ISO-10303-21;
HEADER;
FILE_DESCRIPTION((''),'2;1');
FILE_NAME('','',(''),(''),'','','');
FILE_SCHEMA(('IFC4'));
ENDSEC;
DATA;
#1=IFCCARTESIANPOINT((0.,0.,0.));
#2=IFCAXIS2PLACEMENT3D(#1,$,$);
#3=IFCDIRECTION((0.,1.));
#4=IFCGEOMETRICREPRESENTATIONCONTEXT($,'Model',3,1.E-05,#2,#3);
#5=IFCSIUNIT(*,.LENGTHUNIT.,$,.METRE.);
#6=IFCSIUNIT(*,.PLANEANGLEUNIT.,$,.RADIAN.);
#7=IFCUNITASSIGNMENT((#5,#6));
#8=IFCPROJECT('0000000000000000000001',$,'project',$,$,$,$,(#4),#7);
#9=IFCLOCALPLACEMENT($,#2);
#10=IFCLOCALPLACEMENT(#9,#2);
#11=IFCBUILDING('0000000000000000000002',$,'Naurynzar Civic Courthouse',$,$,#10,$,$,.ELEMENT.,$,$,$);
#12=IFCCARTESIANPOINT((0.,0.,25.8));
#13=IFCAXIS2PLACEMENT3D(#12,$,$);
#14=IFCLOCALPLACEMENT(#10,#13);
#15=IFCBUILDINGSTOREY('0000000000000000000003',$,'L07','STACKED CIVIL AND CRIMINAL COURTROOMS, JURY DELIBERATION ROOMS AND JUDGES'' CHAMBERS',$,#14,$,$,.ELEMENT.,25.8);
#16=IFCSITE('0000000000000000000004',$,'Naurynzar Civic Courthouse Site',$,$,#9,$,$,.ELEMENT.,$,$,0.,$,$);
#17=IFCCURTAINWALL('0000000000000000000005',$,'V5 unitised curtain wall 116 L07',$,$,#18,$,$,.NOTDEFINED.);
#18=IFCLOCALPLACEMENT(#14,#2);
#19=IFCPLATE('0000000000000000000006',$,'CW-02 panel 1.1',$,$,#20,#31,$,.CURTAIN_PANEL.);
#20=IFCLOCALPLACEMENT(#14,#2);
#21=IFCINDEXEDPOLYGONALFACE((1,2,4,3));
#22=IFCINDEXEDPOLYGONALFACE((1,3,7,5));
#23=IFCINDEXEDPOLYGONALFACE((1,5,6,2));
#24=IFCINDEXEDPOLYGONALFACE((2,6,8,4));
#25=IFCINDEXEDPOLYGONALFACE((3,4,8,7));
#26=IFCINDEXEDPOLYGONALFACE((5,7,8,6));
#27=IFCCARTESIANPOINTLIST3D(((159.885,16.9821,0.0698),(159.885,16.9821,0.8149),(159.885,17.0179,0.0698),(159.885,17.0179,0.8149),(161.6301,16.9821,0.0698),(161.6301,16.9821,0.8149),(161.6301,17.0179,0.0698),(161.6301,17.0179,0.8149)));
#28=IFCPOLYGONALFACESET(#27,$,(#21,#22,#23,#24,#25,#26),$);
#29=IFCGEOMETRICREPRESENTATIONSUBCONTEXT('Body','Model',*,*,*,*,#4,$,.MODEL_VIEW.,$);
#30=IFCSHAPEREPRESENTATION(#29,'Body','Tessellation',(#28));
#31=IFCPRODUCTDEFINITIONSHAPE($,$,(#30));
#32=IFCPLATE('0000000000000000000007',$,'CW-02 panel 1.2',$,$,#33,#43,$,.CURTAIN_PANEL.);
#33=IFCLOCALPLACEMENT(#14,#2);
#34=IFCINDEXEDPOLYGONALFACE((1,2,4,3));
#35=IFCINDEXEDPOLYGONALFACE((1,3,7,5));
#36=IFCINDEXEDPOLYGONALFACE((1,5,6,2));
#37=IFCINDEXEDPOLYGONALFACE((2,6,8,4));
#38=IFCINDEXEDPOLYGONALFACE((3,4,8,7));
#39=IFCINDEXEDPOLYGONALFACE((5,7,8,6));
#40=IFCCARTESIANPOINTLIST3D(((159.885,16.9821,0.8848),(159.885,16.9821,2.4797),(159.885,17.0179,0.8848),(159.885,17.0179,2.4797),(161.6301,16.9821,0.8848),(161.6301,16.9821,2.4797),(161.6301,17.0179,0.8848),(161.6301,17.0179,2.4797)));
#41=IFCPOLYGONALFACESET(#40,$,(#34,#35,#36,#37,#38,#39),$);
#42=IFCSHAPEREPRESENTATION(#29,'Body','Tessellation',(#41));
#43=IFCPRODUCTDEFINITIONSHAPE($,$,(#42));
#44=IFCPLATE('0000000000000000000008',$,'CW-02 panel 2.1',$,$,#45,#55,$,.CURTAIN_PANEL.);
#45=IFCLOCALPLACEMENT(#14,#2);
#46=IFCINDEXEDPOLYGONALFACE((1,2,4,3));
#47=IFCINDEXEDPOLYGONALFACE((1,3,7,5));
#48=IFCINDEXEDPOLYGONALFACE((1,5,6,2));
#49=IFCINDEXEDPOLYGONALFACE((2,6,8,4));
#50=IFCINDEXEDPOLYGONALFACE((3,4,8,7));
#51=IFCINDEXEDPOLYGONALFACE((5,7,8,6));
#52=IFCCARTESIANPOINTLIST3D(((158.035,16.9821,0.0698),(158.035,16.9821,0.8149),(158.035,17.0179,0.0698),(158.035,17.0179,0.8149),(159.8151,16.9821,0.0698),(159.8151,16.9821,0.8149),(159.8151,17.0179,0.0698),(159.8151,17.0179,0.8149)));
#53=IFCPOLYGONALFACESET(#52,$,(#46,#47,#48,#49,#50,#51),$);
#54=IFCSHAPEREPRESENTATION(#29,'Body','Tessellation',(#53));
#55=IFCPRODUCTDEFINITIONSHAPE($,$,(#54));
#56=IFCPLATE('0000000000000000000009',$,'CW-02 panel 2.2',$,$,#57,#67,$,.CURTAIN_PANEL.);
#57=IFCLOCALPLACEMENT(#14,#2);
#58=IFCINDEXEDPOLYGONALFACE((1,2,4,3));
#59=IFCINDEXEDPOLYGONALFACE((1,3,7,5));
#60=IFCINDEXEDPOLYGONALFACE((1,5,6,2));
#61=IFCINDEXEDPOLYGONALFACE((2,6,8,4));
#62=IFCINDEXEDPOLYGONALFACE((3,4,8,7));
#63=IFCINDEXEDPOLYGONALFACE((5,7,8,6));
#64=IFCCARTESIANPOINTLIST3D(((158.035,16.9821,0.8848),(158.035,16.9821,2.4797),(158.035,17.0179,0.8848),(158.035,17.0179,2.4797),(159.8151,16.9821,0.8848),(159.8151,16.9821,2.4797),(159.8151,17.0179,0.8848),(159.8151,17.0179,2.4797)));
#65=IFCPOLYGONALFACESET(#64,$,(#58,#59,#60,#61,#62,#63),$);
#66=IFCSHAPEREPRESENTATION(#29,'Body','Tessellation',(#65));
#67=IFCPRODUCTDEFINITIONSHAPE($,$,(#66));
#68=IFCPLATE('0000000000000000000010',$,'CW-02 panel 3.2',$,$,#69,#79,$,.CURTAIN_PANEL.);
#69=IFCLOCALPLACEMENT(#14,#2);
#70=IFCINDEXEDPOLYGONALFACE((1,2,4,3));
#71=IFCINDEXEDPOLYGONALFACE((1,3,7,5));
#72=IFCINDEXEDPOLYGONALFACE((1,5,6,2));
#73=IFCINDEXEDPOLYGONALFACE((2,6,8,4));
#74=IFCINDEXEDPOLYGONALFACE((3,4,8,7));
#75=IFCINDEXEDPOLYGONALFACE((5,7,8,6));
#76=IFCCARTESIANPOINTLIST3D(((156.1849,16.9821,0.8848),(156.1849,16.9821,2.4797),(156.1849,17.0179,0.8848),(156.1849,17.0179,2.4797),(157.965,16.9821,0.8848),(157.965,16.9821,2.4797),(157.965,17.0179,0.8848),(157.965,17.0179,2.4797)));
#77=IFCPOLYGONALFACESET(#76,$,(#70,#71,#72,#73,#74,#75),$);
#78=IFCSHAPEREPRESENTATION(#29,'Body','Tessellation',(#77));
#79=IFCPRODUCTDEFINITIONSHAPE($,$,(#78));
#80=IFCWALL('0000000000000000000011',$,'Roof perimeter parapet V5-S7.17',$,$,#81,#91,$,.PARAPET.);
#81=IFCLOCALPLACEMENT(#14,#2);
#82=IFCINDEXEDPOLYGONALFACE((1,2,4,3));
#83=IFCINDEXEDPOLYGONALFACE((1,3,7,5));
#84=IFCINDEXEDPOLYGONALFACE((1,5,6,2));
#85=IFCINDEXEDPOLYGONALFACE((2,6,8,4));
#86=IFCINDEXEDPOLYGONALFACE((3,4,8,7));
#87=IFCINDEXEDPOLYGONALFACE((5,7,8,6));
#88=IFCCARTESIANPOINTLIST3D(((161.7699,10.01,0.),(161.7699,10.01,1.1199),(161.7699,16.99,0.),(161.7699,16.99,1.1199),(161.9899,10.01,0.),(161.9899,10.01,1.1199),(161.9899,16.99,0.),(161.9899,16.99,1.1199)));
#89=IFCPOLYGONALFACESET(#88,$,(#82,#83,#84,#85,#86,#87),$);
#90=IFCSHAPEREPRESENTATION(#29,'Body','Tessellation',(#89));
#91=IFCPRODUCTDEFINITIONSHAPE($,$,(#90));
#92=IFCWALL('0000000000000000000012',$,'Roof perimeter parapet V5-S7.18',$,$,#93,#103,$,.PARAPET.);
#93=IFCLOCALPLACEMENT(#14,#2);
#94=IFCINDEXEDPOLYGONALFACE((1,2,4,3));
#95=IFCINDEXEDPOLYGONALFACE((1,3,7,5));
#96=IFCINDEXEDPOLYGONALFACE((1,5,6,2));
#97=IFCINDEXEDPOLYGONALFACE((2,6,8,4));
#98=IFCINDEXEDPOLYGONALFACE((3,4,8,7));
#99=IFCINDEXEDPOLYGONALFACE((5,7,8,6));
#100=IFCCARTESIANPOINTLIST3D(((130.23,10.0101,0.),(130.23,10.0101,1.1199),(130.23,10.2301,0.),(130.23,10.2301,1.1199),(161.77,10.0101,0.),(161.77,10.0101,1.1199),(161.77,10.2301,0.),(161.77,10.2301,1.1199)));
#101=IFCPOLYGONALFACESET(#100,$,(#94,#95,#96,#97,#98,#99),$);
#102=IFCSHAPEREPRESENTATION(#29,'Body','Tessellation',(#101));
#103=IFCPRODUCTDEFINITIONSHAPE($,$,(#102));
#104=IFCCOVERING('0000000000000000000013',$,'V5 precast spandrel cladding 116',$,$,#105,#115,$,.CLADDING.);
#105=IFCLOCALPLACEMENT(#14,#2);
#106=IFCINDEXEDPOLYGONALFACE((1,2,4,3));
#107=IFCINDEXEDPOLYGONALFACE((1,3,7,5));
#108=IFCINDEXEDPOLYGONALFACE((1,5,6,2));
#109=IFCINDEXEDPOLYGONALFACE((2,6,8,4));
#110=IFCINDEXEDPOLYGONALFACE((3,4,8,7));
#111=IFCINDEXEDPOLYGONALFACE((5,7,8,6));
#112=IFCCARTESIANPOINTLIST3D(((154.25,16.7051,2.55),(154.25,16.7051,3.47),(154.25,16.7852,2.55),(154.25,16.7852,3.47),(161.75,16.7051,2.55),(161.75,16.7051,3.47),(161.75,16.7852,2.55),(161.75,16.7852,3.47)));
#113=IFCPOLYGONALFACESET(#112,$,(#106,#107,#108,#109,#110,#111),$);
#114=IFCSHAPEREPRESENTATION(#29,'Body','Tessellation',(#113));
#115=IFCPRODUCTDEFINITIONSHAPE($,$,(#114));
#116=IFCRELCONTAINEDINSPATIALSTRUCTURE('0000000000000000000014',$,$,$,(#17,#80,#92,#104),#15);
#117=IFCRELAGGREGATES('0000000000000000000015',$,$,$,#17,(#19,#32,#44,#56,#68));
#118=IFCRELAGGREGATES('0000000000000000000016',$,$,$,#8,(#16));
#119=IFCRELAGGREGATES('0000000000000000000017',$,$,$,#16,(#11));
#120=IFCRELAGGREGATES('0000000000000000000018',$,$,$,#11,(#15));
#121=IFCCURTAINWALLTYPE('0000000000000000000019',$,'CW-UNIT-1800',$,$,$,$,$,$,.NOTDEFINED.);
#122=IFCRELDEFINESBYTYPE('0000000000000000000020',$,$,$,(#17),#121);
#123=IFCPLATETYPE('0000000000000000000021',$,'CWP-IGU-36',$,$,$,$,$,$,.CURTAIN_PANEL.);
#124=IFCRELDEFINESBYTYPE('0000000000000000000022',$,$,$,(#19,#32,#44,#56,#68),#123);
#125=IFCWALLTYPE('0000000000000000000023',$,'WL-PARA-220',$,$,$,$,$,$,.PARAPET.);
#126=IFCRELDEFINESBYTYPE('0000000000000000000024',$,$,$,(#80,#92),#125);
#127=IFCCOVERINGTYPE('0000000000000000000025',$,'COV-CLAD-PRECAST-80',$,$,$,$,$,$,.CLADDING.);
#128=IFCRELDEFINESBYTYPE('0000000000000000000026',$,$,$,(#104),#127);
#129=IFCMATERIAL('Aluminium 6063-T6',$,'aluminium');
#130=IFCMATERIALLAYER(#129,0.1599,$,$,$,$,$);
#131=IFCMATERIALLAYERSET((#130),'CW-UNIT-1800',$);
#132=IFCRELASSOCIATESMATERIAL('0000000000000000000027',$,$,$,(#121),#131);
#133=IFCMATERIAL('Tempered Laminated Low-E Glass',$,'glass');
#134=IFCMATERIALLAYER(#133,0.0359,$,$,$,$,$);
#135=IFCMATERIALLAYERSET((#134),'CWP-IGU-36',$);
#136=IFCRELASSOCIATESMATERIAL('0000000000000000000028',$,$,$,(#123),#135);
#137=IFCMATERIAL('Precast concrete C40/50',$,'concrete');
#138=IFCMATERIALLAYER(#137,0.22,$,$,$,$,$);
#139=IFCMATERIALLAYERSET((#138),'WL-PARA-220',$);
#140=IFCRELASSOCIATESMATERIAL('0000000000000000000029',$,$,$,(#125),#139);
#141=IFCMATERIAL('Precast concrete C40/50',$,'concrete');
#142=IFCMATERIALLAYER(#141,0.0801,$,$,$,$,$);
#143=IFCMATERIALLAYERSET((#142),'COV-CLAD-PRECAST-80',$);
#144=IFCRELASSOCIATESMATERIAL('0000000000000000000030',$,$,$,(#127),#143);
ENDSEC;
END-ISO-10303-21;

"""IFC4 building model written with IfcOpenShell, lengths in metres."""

from ifc_helpers import new_model, si_unit, direction, frame, frame_2d, origin, origin_2d, place, context, subcontext, project, spatial, rectangle, extrude, material, layer, layer_set, type_object, element, aggregate, save


model = new_model("IFC4")

# Units and contexts
model_context = context("Model", 3, precision=1e-05, world=origin(), true_north=direction((0.0, 1.0)))
body_context = subcontext(model_context, "Body", "Model", "MODEL_VIEW")
ifc_project = project(units=[si_unit("LENGTHUNIT", "METRE"), si_unit("PLANEANGLEUNIT", "RADIAN")], contexts=[model_context])

# Site, building, storey
site_placement = place(None, origin())
site = spatial("IfcSite", under=ifc_project, at=site_placement, Name="Naurynzar Civic Courthouse Site", CompositionType="ELEMENT", RefElevation=0.0)
building_placement = place(site_placement, origin())
building = spatial("IfcBuilding", under=site, at=building_placement, Name="Naurynzar Civic Courthouse", CompositionType="ELEMENT")
storey_placement = place(building_placement, frame((0.0, 0.0, 25.8)))
storey = spatial("IfcBuildingStorey", under=building, at=storey_placement, Name="L07", Description="STACKED CIVIL AND CRIMINAL COURTROOMS, JURY DELIBERATION ROOMS AND JUDGES' CHAMBERS", CompositionType="ELEMENT", Elevation=25.8)

# Curtain wall, plates
ifc_material_1 = material(Name="Aluminium 6063-T6", Category="aluminium")
ifc_layer_1 = layer(ifc_material_1, 0.1599)
ifc_layer_set_1 = layer_set([ifc_layer_1], Name="CW-UNIT-1800")
curtain_wall_type = type_object("IfcCurtainWallType", Name="CW-UNIT-1800", PredefinedType="NOTDEFINED", material=ifc_layer_set_1)
curtain_wall_placement = place(storey_placement, origin())
curtain_wall = element("IfcCurtainWall", 1, at=curtain_wall_placement, inside=storey, type_object=curtain_wall_type, Name="V5 unitised curtain wall 116 L07", PredefinedType="NOTDEFINED")
ifc_material_2 = material(Name="Tempered Laminated Low-E Glass", Category="glass")
ifc_layer_2 = layer(ifc_material_2, 0.0359)
ifc_layer_set_2 = layer_set([ifc_layer_2], Name="CWP-IGU-36")
plate_type = type_object("IfcPlateType", Name="CWP-IGU-36", PredefinedType="CURTAIN_PANEL", material=ifc_layer_set_2)
plate_1_placement = place(storey_placement, frame((160.7576, 17.0, 0.0698), z_axis=(0.0, 0.0, 1.0), x_axis=(-1.0, 0.0, 0.0)))
plate_1 = element("IfcPlate", 2, at=plate_1_placement, type_object=plate_type, Name="CW-02 panel 1.1", PredefinedType="CURTAIN_PANEL", context=body_context, shape_type="SweptSolid", body=[
    extrude(rectangle(XDim=1.7451, YDim=0.0359, at=origin_2d()), origin(), (0.0, 0.0, 1.0), 0.7451),
])
plate_2_placement = place(storey_placement, frame((160.7576, 17.0, 0.8848), z_axis=(0.0, 0.0, 1.0), x_axis=(-1.0, 0.0, 0.0)))
plate_2 = element("IfcPlate", 3, at=plate_2_placement, type_object=plate_type, Name="CW-02 panel 1.2", PredefinedType="CURTAIN_PANEL", context=body_context, shape_type="SweptSolid", body=[
    extrude(rectangle(XDim=1.7451, YDim=0.0359, at=origin_2d()), origin(), (0.0, 0.0, 1.0), 1.595),
])
plate_3_placement = place(storey_placement, frame((158.925, 17.0, 0.0698), z_axis=(0.0, 0.0, 1.0), x_axis=(-1.0, 0.0, 0.0)))
plate_3 = element("IfcPlate", 4, at=plate_3_placement, type_object=plate_type, Name="CW-02 panel 2.1", PredefinedType="CURTAIN_PANEL", context=body_context, shape_type="SweptSolid", body=[
    extrude(rectangle(XDim=1.78, YDim=0.0359, at=origin_2d()), origin(), (0.0, 0.0, 1.0), 0.7451),
])
plate_4_placement = place(storey_placement, frame((158.925, 17.0, 0.8848), z_axis=(0.0, 0.0, 1.0), x_axis=(-1.0, 0.0, 0.0)))
plate_4 = element("IfcPlate", 5, at=plate_4_placement, type_object=plate_type, Name="CW-02 panel 2.2", PredefinedType="CURTAIN_PANEL", context=body_context, shape_type="SweptSolid", body=[
    extrude(rectangle(XDim=1.78, YDim=0.0359, at=origin_2d()), origin(), (0.0, 0.0, 1.0), 1.595),
])
plate_5_placement = place(storey_placement, frame((157.075, 17.0, 0.8848), z_axis=(0.0, 0.0, 1.0), x_axis=(-1.0, 0.0, 0.0)))
plate_5 = element("IfcPlate", 6, at=plate_5_placement, type_object=plate_type, Name="CW-02 panel 3.2", PredefinedType="CURTAIN_PANEL", context=body_context, shape_type="SweptSolid", body=[
    extrude(rectangle(XDim=1.78, YDim=0.0359, at=origin_2d()), origin(), (0.0, 0.0, 1.0), 1.595),
])
aggregate(curtain_wall, [plate_1, plate_2, plate_3, plate_4, plate_5])

# Walls
ifc_material_3 = material(Name="Precast concrete C40/50", Category="concrete")
ifc_layer_3 = layer(ifc_material_3, 0.22)
ifc_layer_set_3 = layer_set([ifc_layer_3], Name="WL-PARA-220")
wall_type = type_object("IfcWallType", Name="WL-PARA-220", PredefinedType="PARAPET", material=ifc_layer_set_3)
wall_1_placement = place(storey_placement, frame((161.8799, 16.99, 0.0), z_axis=(0.0, 0.0, 1.0), x_axis=(0.0, -1.0, 0.0)))
element("IfcWall", 7, at=wall_1_placement, inside=storey, type_object=wall_type, Name="Roof perimeter parapet V5-S7.17", PredefinedType="PARAPET", context=body_context, shape_type="SweptSolid", body=[
    extrude(rectangle(XDim=6.98, YDim=0.22, at=frame_2d((3.49, 0.0))), origin(), (0.0, 0.0, 1.0), 1.1199),
])
wall_2_placement = place(storey_placement, frame((161.77, 10.1201, 0.0), z_axis=(0.0, 0.0, 1.0), x_axis=(-1.0, 0.0, 0.0)))
element("IfcWall", 8, at=wall_2_placement, inside=storey, type_object=wall_type, Name="Roof perimeter parapet V5-S7.18", PredefinedType="PARAPET", context=body_context, shape_type="SweptSolid", body=[
    extrude(rectangle(XDim=31.54, YDim=0.22, at=frame_2d((15.77, 0.0))), origin(), (0.0, 0.0, 1.0), 1.1199),
])

# Covering
ifc_material_4 = material(Name="Precast concrete C40/50", Category="concrete")
ifc_layer_4 = layer(ifc_material_4, 0.0801)
ifc_layer_set_4 = layer_set([ifc_layer_4], Name="COV-CLAD-PRECAST-80")
covering_type = type_object("IfcCoveringType", Name="COV-CLAD-PRECAST-80", PredefinedType="CLADDING", material=ifc_layer_set_4)
covering_placement = place(storey_placement, frame((158.0, 16.7451, 2.55), z_axis=(0.0, 0.0, 1.0), x_axis=(-1.0, 0.0, 0.0)))
element("IfcCovering", 9, at=covering_placement, inside=storey, type_object=covering_type, Name="V5 precast spandrel cladding 116", PredefinedType="CLADDING", context=body_context, shape_type="SweptSolid", body=[
    extrude(rectangle(XDim=7.5, YDim=0.0801, at=origin_2d()), origin(), (0.0, 0.0, 1.0), 0.9199),
])

save(model, "model.ifc")
